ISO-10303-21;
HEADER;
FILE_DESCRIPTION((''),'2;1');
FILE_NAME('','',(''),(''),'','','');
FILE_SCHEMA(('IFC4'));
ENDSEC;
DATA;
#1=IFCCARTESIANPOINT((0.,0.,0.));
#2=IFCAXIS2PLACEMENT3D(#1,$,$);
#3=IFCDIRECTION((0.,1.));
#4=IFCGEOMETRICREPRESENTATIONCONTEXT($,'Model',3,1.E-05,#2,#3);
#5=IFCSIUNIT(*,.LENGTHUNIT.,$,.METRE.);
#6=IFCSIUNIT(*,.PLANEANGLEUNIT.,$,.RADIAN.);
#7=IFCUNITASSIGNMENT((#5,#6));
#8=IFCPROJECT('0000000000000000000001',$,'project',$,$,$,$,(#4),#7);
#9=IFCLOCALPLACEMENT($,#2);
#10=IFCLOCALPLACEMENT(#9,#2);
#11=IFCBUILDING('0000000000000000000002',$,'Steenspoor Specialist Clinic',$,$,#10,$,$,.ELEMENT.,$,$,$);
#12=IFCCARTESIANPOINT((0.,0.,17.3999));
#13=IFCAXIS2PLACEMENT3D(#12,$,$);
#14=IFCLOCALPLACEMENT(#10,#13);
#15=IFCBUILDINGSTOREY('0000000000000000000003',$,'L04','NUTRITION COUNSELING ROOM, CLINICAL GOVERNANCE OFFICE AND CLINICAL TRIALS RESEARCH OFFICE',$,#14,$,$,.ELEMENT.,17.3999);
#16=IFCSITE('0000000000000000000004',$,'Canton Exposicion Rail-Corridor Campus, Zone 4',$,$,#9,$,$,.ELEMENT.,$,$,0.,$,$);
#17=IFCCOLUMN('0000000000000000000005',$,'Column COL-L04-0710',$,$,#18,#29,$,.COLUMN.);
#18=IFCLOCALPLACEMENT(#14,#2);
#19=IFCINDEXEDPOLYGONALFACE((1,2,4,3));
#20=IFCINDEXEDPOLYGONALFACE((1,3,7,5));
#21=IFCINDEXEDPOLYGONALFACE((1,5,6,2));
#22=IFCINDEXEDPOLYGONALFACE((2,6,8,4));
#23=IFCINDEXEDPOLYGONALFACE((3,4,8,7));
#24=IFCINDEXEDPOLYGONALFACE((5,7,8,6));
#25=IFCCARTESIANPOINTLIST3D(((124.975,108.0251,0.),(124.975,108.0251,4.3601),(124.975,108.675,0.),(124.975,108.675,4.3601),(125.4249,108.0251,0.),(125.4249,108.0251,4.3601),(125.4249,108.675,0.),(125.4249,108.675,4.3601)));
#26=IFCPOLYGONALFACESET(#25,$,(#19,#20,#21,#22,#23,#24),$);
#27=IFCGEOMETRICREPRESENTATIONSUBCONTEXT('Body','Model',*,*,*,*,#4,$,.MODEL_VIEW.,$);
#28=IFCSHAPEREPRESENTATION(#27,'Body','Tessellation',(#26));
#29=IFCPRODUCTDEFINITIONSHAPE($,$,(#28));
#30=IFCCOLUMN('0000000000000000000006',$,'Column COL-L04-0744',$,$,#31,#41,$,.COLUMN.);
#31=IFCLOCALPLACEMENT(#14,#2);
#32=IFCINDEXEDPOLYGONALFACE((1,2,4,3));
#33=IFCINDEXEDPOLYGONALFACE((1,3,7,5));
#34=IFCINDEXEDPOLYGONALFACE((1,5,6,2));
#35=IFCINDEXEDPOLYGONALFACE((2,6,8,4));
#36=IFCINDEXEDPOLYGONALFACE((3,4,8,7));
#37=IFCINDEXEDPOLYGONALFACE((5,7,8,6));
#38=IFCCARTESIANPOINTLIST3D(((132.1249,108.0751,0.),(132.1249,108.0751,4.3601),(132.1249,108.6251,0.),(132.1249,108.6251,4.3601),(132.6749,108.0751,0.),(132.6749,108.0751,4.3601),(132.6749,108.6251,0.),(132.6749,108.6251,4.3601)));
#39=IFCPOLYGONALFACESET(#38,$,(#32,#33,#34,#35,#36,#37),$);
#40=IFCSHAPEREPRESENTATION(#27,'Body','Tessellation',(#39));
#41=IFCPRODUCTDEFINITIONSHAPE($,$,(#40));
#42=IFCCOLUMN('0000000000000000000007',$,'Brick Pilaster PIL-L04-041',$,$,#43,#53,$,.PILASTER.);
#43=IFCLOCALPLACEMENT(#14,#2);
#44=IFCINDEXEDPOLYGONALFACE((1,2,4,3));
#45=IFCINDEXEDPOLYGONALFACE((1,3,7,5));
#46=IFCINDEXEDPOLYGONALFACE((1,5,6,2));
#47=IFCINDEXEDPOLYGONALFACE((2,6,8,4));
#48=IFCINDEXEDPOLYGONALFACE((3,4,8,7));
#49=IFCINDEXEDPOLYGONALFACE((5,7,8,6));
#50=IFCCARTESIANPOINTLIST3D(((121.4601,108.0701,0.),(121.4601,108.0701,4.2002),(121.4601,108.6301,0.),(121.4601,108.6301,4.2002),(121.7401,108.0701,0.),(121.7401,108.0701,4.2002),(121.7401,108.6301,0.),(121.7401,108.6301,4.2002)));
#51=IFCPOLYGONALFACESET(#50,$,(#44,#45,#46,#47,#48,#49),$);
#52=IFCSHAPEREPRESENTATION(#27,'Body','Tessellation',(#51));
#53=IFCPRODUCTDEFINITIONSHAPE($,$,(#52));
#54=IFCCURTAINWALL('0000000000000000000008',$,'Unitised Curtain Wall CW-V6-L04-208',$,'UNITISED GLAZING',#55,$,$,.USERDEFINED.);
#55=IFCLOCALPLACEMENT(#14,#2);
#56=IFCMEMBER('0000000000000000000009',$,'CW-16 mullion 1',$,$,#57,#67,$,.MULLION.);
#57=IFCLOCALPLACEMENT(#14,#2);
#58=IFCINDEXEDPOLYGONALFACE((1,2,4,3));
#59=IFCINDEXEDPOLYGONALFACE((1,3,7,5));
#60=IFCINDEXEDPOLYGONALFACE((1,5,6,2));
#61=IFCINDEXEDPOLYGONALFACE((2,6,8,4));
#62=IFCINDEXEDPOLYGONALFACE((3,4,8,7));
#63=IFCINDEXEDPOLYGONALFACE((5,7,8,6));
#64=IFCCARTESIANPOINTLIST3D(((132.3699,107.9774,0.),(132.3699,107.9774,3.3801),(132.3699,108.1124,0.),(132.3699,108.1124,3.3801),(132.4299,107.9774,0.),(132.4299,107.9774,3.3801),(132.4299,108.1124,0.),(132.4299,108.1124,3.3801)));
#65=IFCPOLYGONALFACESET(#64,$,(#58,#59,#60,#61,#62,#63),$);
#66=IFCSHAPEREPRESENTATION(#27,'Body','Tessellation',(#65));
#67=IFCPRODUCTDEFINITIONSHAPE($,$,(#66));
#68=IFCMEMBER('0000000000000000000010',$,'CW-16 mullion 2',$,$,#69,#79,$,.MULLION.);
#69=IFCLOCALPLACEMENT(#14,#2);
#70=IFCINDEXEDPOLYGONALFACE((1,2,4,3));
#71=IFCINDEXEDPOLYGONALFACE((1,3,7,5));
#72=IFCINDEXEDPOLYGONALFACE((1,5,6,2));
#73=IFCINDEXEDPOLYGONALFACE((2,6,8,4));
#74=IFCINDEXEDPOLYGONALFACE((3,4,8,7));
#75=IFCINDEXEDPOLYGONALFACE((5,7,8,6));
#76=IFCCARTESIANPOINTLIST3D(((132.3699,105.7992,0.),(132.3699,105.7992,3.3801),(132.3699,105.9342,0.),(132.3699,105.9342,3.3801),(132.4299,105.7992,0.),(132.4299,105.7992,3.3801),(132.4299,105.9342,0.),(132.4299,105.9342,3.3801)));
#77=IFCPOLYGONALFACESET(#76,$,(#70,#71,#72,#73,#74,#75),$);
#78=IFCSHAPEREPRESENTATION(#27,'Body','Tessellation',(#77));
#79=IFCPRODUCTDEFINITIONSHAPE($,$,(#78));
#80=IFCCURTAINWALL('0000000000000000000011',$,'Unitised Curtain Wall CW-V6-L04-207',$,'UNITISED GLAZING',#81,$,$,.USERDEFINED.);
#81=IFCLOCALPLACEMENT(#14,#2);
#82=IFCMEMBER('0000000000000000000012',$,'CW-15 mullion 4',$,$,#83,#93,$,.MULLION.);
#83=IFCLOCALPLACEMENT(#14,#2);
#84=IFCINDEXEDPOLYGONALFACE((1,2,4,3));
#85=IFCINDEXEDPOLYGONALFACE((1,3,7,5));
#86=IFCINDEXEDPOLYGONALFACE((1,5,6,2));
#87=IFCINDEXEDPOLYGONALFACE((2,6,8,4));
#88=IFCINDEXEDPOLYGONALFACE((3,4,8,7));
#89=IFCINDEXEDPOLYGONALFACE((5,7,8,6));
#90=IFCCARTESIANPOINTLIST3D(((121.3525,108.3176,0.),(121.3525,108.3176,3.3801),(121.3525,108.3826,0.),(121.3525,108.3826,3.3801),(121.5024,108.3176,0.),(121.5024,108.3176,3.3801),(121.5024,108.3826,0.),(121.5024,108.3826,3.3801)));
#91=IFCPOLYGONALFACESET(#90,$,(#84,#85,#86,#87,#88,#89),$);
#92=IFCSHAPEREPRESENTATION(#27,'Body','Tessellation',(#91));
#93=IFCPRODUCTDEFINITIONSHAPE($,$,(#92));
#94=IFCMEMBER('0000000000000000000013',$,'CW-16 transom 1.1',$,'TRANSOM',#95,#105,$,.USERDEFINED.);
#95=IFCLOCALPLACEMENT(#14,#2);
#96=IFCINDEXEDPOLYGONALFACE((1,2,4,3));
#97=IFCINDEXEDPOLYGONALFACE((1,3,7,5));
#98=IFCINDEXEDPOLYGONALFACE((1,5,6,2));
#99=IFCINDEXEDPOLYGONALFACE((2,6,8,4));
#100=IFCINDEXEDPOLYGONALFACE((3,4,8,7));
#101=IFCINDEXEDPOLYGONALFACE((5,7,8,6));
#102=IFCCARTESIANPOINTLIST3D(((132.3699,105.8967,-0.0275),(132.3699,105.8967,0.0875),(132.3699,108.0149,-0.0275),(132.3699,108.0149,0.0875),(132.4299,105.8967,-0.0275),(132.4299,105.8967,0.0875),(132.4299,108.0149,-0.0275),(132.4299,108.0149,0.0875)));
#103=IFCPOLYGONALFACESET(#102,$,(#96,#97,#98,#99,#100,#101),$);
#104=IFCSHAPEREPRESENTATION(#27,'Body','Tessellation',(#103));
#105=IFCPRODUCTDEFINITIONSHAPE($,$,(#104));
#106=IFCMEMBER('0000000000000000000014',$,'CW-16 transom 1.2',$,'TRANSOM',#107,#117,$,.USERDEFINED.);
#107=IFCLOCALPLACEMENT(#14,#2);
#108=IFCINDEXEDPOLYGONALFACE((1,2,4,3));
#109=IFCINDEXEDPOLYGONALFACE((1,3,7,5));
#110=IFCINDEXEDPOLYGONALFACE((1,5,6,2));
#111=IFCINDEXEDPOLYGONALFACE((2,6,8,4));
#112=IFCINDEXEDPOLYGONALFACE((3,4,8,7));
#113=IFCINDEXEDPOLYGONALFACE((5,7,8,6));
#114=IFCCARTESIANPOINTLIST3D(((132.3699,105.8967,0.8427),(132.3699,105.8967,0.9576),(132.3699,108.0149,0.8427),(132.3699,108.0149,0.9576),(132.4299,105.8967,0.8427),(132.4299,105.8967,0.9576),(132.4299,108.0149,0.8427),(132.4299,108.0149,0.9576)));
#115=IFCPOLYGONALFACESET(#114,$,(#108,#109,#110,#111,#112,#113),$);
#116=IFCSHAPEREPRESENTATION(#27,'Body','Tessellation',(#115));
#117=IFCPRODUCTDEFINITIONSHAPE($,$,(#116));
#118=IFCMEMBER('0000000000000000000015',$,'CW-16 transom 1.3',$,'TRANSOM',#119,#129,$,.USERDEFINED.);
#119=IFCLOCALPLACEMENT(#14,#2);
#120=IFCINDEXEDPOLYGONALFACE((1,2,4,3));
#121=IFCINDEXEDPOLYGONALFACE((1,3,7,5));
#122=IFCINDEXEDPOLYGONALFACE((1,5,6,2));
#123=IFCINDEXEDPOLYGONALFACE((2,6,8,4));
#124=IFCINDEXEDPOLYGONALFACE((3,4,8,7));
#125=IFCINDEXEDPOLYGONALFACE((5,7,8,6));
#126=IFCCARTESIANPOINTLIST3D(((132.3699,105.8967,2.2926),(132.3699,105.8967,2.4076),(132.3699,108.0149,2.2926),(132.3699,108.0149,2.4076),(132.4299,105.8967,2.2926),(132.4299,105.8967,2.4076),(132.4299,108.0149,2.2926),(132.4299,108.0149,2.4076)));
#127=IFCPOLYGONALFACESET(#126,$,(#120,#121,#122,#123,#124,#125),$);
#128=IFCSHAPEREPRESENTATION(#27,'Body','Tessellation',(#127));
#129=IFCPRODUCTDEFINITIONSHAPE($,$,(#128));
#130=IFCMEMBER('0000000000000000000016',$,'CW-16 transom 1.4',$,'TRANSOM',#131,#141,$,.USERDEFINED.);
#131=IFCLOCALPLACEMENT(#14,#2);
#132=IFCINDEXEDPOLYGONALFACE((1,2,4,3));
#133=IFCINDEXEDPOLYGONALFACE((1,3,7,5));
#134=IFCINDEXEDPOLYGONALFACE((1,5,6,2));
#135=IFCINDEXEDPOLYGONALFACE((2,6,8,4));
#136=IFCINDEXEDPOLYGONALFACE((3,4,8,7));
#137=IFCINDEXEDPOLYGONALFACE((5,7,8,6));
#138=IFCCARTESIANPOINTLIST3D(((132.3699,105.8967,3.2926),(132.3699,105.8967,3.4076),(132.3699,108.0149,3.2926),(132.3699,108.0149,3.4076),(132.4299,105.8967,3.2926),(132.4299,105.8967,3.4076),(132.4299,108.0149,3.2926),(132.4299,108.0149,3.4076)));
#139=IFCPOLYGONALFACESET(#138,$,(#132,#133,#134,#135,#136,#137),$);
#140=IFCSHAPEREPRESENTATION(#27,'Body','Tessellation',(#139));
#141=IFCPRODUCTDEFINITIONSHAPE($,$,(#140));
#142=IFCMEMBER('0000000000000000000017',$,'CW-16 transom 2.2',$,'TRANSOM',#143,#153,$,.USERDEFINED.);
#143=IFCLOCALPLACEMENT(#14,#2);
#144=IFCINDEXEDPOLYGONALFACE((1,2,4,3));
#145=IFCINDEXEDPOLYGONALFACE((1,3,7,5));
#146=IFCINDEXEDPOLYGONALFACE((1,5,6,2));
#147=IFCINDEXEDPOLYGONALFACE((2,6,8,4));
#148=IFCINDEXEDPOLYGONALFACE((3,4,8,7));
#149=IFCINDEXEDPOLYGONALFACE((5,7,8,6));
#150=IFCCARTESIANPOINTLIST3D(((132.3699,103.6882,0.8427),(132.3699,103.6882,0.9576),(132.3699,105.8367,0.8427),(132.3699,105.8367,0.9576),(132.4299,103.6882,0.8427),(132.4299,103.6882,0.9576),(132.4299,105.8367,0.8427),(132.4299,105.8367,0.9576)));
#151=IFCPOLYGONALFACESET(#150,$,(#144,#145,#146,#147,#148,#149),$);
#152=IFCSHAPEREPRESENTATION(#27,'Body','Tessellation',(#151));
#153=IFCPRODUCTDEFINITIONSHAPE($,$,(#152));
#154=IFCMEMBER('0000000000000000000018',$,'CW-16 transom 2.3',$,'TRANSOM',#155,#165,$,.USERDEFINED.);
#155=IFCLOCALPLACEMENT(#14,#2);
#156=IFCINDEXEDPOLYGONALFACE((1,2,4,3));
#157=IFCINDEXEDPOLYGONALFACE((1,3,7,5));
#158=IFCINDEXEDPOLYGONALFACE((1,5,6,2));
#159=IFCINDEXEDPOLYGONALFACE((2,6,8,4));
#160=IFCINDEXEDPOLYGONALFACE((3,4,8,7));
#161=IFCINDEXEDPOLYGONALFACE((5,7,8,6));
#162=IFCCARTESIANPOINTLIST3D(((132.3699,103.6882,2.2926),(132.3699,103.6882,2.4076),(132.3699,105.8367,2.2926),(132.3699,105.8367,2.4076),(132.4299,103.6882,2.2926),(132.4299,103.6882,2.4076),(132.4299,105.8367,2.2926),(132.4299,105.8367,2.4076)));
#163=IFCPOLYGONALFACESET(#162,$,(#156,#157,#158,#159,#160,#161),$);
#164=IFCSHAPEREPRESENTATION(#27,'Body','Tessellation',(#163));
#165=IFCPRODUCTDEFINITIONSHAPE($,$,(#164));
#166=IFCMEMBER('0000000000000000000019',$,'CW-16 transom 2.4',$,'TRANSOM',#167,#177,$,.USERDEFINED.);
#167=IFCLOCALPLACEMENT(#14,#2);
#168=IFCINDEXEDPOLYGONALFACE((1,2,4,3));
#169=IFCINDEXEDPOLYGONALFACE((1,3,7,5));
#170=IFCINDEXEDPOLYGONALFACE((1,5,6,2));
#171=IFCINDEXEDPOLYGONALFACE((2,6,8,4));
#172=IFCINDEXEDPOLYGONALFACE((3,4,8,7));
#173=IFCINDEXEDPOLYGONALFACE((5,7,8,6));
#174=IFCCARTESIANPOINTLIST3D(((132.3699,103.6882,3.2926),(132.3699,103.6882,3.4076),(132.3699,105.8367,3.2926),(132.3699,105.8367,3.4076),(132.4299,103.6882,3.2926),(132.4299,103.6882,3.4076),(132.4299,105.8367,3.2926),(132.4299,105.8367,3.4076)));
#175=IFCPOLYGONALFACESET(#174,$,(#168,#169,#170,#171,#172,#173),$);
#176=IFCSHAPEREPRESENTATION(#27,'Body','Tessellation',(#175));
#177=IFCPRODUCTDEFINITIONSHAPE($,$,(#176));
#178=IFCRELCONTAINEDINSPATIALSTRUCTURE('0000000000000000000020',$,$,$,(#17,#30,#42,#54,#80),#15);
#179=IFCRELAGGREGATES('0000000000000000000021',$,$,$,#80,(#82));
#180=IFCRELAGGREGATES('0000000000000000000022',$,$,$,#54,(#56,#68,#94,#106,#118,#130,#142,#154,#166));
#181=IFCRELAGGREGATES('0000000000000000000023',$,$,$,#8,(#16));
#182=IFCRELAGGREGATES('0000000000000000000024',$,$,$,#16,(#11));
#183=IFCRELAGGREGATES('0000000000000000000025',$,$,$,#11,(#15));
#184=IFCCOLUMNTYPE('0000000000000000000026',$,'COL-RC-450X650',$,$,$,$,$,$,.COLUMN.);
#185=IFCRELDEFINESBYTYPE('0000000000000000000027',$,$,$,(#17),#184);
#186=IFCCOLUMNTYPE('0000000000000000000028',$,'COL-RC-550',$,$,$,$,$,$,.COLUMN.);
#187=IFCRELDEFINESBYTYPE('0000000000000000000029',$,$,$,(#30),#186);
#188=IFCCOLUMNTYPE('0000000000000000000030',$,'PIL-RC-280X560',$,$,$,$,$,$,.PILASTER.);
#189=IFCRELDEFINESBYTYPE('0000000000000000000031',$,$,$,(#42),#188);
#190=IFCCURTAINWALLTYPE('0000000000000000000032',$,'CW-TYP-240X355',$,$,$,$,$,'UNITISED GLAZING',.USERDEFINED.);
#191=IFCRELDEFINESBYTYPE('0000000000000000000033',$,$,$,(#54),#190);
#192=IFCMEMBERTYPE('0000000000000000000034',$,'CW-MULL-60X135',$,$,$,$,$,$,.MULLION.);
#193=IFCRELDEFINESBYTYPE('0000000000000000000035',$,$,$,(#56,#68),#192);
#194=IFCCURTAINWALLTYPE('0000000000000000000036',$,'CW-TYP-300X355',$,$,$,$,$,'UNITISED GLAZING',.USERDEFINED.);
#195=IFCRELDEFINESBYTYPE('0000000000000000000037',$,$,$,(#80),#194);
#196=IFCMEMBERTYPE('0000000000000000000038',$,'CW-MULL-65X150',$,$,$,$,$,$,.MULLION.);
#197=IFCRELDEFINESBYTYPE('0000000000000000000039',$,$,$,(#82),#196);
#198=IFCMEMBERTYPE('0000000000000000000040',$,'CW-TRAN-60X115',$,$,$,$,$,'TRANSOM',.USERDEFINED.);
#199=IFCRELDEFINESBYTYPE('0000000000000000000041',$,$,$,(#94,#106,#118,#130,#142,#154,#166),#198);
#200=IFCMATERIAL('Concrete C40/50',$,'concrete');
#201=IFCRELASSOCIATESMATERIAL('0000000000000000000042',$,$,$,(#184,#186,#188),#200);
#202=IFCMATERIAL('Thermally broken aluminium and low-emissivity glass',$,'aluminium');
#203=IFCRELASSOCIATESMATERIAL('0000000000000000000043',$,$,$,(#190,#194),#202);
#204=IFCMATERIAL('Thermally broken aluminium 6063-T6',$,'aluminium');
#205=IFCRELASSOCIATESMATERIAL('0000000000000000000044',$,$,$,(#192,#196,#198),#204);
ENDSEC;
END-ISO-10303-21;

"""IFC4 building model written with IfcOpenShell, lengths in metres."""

from ifc_helpers import new_model, si_unit, direction, frame, origin, origin_2d, place, context, subcontext, project, spatial, rectangle, extrude, material, material_profile, profile_set, type_object, element, aggregate, save


model = new_model("IFC4")

# Units and contexts
model_context = context("Model", 3, precision=1e-05, world=origin(), true_north=direction((0.0, 1.0)))
body_context = subcontext(model_context, "Body", "Model", "MODEL_VIEW")
ifc_project = project(units=[si_unit("LENGTHUNIT", "METRE"), si_unit("PLANEANGLEUNIT", "RADIAN")], contexts=[model_context])

# Site, building, storey
site_placement = place(None, origin())
site = spatial("IfcSite", under=ifc_project, at=site_placement, Name="Canton Exposicion Rail-Corridor Campus, Zone 4", CompositionType="ELEMENT", RefElevation=0.0)
building_placement = place(site_placement, origin())
building = spatial("IfcBuilding", under=site, at=building_placement, Name="Steenspoor Specialist Clinic", CompositionType="ELEMENT")
storey_placement = place(building_placement, frame((0.0, 0.0, 17.3999)))
storey = spatial("IfcBuildingStorey", under=building, at=storey_placement, Name="L04", Description="NUTRITION COUNSELING ROOM, CLINICAL GOVERNANCE OFFICE AND CLINICAL TRIALS RESEARCH OFFICE", CompositionType="ELEMENT", Elevation=17.3999)

# Columns
ifc_material_1 = material(Name="Concrete C40/50", Category="concrete")
ifc_material_profile_1 = material_profile(ifc_material_1, rectangle(XDim=0.45, YDim=0.6499, at=origin_2d()), Name="RC-COL-450X650")
ifc_profile_set_1 = profile_set([ifc_material_profile_1], Name="Concrete C40/50")
column_type_1 = type_object("IfcColumnType", Name="COL-RC-450X650", PredefinedType="COLUMN", material=ifc_profile_set_1)
column_1_placement = place(storey_placement, frame((125.2, 108.3501, 0.0), z_axis=(0.0, 0.0, 1.0), x_axis=(1.0, 0.0, 0.0)))
element("IfcColumn", 1, at=column_1_placement, inside=storey, type_object=column_type_1, Name="Column COL-L04-0710", PredefinedType="COLUMN", context=body_context, shape_type="SweptSolid", body=[
    extrude(rectangle(XDim=0.45, YDim=0.6499, at=origin_2d()), origin(), (0.0, 0.0, 1.0), 4.3601),
])
ifc_material_profile_2 = material_profile(ifc_material_1, rectangle(XDim=0.55, YDim=0.55, at=origin_2d()), Name="RC-COL-550X550")
ifc_profile_set_2 = profile_set([ifc_material_profile_2], Name="Concrete C40/50")
column_type_2 = type_object("IfcColumnType", Name="COL-RC-550", PredefinedType="COLUMN", material=ifc_profile_set_2)
column_2_placement = place(storey_placement, frame((132.3999, 108.3501, 0.0), z_axis=(0.0, 0.0, 1.0), x_axis=(1.0, 0.0, 0.0)))
element("IfcColumn", 2, at=column_2_placement, inside=storey, type_object=column_type_2, Name="Column COL-L04-0744", PredefinedType="COLUMN", context=body_context, shape_type="SweptSolid", body=[
    extrude(rectangle(XDim=0.55, YDim=0.55, at=origin_2d()), origin(), (0.0, 0.0, 1.0), 4.3601),
])
ifc_material_profile_3 = material_profile(ifc_material_1, rectangle(XDim=0.28, YDim=0.5601, at=origin_2d()), Name="RC-PIL-280X560")
ifc_profile_set_3 = profile_set([ifc_material_profile_3], Name="Concrete C40/50")
column_type_3 = type_object("IfcColumnType", Name="PIL-RC-280X560", PredefinedType="PILASTER", material=ifc_profile_set_3)
column_3_placement = place(storey_placement, frame((121.6001, 108.3501, 0.0), z_axis=(0.0, 0.0, 1.0), x_axis=(1.0, 0.0, 0.0)))
element("IfcColumn", 3, at=column_3_placement, inside=storey, type_object=column_type_3, Name="Brick Pilaster PIL-L04-041", PredefinedType="PILASTER", context=body_context, shape_type="SweptSolid", body=[
    extrude(rectangle(XDim=0.28, YDim=0.5601, at=origin_2d()), origin(), (0.0, 0.0, 1.0), 4.2002),
])

# Curtain wall, members
ifc_material_2 = material(Name="Thermally broken aluminium and low-emissivity glass", Category="aluminium")
curtain_wall_type_1 = type_object("IfcCurtainWallType", Name="CW-TYP-240X355", ElementType="UNITISED GLAZING", PredefinedType="USERDEFINED", material=ifc_material_2)
curtain_wall_1_placement = place(storey_placement, origin())
curtain_wall_1 = element("IfcCurtainWall", 4, at=curtain_wall_1_placement, inside=storey, type_object=curtain_wall_type_1, Name="Unitised Curtain Wall CW-V6-L04-208", ObjectType="UNITISED GLAZING", PredefinedType="USERDEFINED")
ifc_material_3 = material(Name="Thermally broken aluminium 6063-T6", Category="aluminium")
ifc_material_profile_4 = material_profile(ifc_material_3, rectangle(XDim=0.0601, YDim=0.135, at=origin_2d()), Name="CWM-60X135")
ifc_profile_set_4 = profile_set([ifc_material_profile_4], Name="Thermally broken aluminium 6063-T6")
member_type_1 = type_object("IfcMemberType", Name="CW-MULL-60X135", PredefinedType="MULLION", material=ifc_profile_set_4)
member_1_placement = place(storey_placement, frame((132.3999, 108.0449, 0.0), z_axis=(0.0, 0.0, 1.0), x_axis=(1.0, 0.0, 0.0)))
member_1 = element("IfcMember", 5, at=member_1_placement, type_object=member_type_1, Name="CW-16 mullion 1", PredefinedType="MULLION", context=body_context, shape_type="SweptSolid", body=[
    extrude(rectangle(XDim=0.0601, YDim=0.135, at=origin_2d()), origin(), (0.0, 0.0, 1.0), 3.3801),
])
member_2_placement = place(storey_placement, frame((132.3999, 105.8667, 0.0), z_axis=(0.0, 0.0, 1.0), x_axis=(1.0, 0.0, 0.0)))
member_2 = element("IfcMember", 6, at=member_2_placement, type_object=member_type_1, Name="CW-16 mullion 2", PredefinedType="MULLION", context=body_context, shape_type="SweptSolid", body=[
    extrude(rectangle(XDim=0.0601, YDim=0.135, at=origin_2d()), origin(), (0.0, 0.0, 1.0), 3.3801),
])

# Curtain wall, member
curtain_wall_type_2 = type_object("IfcCurtainWallType", Name="CW-TYP-300X355", ElementType="UNITISED GLAZING", PredefinedType="USERDEFINED", material=ifc_material_2)
curtain_wall_2_placement = place(storey_placement, origin())
curtain_wall_2 = element("IfcCurtainWall", 7, at=curtain_wall_2_placement, inside=storey, type_object=curtain_wall_type_2, Name="Unitised Curtain Wall CW-V6-L04-207", ObjectType="UNITISED GLAZING", PredefinedType="USERDEFINED")
ifc_material_profile_5 = material_profile(ifc_material_3, rectangle(XDim=0.0649, YDim=0.1499, at=origin_2d()), Name="CWM-65X150")
ifc_profile_set_5 = profile_set([ifc_material_profile_5], Name="Thermally broken aluminium 6063-T6")
member_type_2 = type_object("IfcMemberType", Name="CW-MULL-65X150", PredefinedType="MULLION", material=ifc_profile_set_5)
member_3_placement = place(storey_placement, frame((121.4275, 108.3501, 0.0), z_axis=(0.0, 0.0, 1.0), x_axis=(0.0, 1.0, 0.0)))
member_3 = element("IfcMember", 8, at=member_3_placement, type_object=member_type_2, Name="CW-15 mullion 4", PredefinedType="MULLION", context=body_context, shape_type="SweptSolid", body=[
    extrude(rectangle(XDim=0.0649, YDim=0.1499, at=origin_2d()), origin(), (0.0, 0.0, 1.0), 3.3801),
])
aggregate(curtain_wall_2, [member_3])

# Members
ifc_material_profile_6 = material_profile(ifc_material_3, rectangle(XDim=0.0601, YDim=0.115, at=origin_2d()), Name="CWT-60X115")
ifc_profile_set_6 = profile_set([ifc_material_profile_6], Name="Thermally broken aluminium 6063-T6")
member_type_3 = type_object("IfcMemberType", Name="CW-TRAN-60X115", ElementType="TRANSOM", PredefinedType="USERDEFINED", material=ifc_profile_set_6)
member_4_placement = place(storey_placement, frame((132.3999, 108.0149, 0.03), z_axis=(0.0, -1.0, 0.0), x_axis=(1.0, 0.0, 0.0)))
member_4 = element("IfcMember", 9, at=member_4_placement, type_object=member_type_3, Name="CW-16 transom 1.1", ObjectType="TRANSOM", PredefinedType="USERDEFINED", context=body_context, shape_type="SweptSolid", body=[
    extrude(rectangle(XDim=0.0601, YDim=0.115, at=origin_2d()), origin(), (0.0, 0.0, 1.0), 2.1182),
])
member_5_placement = place(storey_placement, frame((132.3999, 108.0149, 0.9001), z_axis=(0.0, -1.0, 0.0), x_axis=(1.0, 0.0, 0.0)))
member_5 = element("IfcMember", 10, at=member_5_placement, type_object=member_type_3, Name="CW-16 transom 1.2", ObjectType="TRANSOM", PredefinedType="USERDEFINED", context=body_context, shape_type="SweptSolid", body=[
    extrude(rectangle(XDim=0.0601, YDim=0.115, at=origin_2d()), origin(), (0.0, 0.0, 1.0), 2.1182),
])
member_6_placement = place(storey_placement, frame((132.3999, 108.0149, 2.3501), z_axis=(0.0, -1.0, 0.0), x_axis=(1.0, 0.0, 0.0)))
member_6 = element("IfcMember", 11, at=member_6_placement, type_object=member_type_3, Name="CW-16 transom 1.3", ObjectType="TRANSOM", PredefinedType="USERDEFINED", context=body_context, shape_type="SweptSolid", body=[
    extrude(rectangle(XDim=0.0601, YDim=0.115, at=origin_2d()), origin(), (0.0, 0.0, 1.0), 2.1182),
])
member_7_placement = place(storey_placement, frame((132.3999, 108.0149, 3.3501), z_axis=(0.0, -1.0, 0.0), x_axis=(1.0, 0.0, 0.0)))
member_7 = element("IfcMember", 12, at=member_7_placement, type_object=member_type_3, Name="CW-16 transom 1.4", ObjectType="TRANSOM", PredefinedType="USERDEFINED", context=body_context, shape_type="SweptSolid", body=[
    extrude(rectangle(XDim=0.0601, YDim=0.115, at=origin_2d()), origin(), (0.0, 0.0, 1.0), 2.1182),
])
member_8_placement = place(storey_placement, frame((132.3999, 105.8367, 0.9001), z_axis=(0.0, -1.0, 0.0), x_axis=(1.0, 0.0, 0.0)))
member_8 = element("IfcMember", 13, at=member_8_placement, type_object=member_type_3, Name="CW-16 transom 2.2", ObjectType="TRANSOM", PredefinedType="USERDEFINED", context=body_context, shape_type="SweptSolid", body=[
    extrude(rectangle(XDim=0.0601, YDim=0.115, at=origin_2d()), origin(), (0.0, 0.0, 1.0), 2.1484),
])
member_9_placement = place(storey_placement, frame((132.3999, 105.8367, 2.3501), z_axis=(0.0, -1.0, 0.0), x_axis=(1.0, 0.0, 0.0)))
member_9 = element("IfcMember", 14, at=member_9_placement, type_object=member_type_3, Name="CW-16 transom 2.3", ObjectType="TRANSOM", PredefinedType="USERDEFINED", context=body_context, shape_type="SweptSolid", body=[
    extrude(rectangle(XDim=0.0601, YDim=0.115, at=origin_2d()), origin(), (0.0, 0.0, 1.0), 2.1484),
])
member_10_placement = place(storey_placement, frame((132.3999, 105.8367, 3.3501), z_axis=(0.0, -1.0, 0.0), x_axis=(1.0, 0.0, 0.0)))
member_10 = element("IfcMember", 15, at=member_10_placement, type_object=member_type_3, Name="CW-16 transom 2.4", ObjectType="TRANSOM", PredefinedType="USERDEFINED", context=body_context, shape_type="SweptSolid", body=[
    extrude(rectangle(XDim=0.0601, YDim=0.115, at=origin_2d()), origin(), (0.0, 0.0, 1.0), 2.1484),
])

aggregate(curtain_wall_1, [member_1, member_2, member_4, member_5, member_6, member_7, member_8, member_9, member_10])

save(model, "model.ifc")
